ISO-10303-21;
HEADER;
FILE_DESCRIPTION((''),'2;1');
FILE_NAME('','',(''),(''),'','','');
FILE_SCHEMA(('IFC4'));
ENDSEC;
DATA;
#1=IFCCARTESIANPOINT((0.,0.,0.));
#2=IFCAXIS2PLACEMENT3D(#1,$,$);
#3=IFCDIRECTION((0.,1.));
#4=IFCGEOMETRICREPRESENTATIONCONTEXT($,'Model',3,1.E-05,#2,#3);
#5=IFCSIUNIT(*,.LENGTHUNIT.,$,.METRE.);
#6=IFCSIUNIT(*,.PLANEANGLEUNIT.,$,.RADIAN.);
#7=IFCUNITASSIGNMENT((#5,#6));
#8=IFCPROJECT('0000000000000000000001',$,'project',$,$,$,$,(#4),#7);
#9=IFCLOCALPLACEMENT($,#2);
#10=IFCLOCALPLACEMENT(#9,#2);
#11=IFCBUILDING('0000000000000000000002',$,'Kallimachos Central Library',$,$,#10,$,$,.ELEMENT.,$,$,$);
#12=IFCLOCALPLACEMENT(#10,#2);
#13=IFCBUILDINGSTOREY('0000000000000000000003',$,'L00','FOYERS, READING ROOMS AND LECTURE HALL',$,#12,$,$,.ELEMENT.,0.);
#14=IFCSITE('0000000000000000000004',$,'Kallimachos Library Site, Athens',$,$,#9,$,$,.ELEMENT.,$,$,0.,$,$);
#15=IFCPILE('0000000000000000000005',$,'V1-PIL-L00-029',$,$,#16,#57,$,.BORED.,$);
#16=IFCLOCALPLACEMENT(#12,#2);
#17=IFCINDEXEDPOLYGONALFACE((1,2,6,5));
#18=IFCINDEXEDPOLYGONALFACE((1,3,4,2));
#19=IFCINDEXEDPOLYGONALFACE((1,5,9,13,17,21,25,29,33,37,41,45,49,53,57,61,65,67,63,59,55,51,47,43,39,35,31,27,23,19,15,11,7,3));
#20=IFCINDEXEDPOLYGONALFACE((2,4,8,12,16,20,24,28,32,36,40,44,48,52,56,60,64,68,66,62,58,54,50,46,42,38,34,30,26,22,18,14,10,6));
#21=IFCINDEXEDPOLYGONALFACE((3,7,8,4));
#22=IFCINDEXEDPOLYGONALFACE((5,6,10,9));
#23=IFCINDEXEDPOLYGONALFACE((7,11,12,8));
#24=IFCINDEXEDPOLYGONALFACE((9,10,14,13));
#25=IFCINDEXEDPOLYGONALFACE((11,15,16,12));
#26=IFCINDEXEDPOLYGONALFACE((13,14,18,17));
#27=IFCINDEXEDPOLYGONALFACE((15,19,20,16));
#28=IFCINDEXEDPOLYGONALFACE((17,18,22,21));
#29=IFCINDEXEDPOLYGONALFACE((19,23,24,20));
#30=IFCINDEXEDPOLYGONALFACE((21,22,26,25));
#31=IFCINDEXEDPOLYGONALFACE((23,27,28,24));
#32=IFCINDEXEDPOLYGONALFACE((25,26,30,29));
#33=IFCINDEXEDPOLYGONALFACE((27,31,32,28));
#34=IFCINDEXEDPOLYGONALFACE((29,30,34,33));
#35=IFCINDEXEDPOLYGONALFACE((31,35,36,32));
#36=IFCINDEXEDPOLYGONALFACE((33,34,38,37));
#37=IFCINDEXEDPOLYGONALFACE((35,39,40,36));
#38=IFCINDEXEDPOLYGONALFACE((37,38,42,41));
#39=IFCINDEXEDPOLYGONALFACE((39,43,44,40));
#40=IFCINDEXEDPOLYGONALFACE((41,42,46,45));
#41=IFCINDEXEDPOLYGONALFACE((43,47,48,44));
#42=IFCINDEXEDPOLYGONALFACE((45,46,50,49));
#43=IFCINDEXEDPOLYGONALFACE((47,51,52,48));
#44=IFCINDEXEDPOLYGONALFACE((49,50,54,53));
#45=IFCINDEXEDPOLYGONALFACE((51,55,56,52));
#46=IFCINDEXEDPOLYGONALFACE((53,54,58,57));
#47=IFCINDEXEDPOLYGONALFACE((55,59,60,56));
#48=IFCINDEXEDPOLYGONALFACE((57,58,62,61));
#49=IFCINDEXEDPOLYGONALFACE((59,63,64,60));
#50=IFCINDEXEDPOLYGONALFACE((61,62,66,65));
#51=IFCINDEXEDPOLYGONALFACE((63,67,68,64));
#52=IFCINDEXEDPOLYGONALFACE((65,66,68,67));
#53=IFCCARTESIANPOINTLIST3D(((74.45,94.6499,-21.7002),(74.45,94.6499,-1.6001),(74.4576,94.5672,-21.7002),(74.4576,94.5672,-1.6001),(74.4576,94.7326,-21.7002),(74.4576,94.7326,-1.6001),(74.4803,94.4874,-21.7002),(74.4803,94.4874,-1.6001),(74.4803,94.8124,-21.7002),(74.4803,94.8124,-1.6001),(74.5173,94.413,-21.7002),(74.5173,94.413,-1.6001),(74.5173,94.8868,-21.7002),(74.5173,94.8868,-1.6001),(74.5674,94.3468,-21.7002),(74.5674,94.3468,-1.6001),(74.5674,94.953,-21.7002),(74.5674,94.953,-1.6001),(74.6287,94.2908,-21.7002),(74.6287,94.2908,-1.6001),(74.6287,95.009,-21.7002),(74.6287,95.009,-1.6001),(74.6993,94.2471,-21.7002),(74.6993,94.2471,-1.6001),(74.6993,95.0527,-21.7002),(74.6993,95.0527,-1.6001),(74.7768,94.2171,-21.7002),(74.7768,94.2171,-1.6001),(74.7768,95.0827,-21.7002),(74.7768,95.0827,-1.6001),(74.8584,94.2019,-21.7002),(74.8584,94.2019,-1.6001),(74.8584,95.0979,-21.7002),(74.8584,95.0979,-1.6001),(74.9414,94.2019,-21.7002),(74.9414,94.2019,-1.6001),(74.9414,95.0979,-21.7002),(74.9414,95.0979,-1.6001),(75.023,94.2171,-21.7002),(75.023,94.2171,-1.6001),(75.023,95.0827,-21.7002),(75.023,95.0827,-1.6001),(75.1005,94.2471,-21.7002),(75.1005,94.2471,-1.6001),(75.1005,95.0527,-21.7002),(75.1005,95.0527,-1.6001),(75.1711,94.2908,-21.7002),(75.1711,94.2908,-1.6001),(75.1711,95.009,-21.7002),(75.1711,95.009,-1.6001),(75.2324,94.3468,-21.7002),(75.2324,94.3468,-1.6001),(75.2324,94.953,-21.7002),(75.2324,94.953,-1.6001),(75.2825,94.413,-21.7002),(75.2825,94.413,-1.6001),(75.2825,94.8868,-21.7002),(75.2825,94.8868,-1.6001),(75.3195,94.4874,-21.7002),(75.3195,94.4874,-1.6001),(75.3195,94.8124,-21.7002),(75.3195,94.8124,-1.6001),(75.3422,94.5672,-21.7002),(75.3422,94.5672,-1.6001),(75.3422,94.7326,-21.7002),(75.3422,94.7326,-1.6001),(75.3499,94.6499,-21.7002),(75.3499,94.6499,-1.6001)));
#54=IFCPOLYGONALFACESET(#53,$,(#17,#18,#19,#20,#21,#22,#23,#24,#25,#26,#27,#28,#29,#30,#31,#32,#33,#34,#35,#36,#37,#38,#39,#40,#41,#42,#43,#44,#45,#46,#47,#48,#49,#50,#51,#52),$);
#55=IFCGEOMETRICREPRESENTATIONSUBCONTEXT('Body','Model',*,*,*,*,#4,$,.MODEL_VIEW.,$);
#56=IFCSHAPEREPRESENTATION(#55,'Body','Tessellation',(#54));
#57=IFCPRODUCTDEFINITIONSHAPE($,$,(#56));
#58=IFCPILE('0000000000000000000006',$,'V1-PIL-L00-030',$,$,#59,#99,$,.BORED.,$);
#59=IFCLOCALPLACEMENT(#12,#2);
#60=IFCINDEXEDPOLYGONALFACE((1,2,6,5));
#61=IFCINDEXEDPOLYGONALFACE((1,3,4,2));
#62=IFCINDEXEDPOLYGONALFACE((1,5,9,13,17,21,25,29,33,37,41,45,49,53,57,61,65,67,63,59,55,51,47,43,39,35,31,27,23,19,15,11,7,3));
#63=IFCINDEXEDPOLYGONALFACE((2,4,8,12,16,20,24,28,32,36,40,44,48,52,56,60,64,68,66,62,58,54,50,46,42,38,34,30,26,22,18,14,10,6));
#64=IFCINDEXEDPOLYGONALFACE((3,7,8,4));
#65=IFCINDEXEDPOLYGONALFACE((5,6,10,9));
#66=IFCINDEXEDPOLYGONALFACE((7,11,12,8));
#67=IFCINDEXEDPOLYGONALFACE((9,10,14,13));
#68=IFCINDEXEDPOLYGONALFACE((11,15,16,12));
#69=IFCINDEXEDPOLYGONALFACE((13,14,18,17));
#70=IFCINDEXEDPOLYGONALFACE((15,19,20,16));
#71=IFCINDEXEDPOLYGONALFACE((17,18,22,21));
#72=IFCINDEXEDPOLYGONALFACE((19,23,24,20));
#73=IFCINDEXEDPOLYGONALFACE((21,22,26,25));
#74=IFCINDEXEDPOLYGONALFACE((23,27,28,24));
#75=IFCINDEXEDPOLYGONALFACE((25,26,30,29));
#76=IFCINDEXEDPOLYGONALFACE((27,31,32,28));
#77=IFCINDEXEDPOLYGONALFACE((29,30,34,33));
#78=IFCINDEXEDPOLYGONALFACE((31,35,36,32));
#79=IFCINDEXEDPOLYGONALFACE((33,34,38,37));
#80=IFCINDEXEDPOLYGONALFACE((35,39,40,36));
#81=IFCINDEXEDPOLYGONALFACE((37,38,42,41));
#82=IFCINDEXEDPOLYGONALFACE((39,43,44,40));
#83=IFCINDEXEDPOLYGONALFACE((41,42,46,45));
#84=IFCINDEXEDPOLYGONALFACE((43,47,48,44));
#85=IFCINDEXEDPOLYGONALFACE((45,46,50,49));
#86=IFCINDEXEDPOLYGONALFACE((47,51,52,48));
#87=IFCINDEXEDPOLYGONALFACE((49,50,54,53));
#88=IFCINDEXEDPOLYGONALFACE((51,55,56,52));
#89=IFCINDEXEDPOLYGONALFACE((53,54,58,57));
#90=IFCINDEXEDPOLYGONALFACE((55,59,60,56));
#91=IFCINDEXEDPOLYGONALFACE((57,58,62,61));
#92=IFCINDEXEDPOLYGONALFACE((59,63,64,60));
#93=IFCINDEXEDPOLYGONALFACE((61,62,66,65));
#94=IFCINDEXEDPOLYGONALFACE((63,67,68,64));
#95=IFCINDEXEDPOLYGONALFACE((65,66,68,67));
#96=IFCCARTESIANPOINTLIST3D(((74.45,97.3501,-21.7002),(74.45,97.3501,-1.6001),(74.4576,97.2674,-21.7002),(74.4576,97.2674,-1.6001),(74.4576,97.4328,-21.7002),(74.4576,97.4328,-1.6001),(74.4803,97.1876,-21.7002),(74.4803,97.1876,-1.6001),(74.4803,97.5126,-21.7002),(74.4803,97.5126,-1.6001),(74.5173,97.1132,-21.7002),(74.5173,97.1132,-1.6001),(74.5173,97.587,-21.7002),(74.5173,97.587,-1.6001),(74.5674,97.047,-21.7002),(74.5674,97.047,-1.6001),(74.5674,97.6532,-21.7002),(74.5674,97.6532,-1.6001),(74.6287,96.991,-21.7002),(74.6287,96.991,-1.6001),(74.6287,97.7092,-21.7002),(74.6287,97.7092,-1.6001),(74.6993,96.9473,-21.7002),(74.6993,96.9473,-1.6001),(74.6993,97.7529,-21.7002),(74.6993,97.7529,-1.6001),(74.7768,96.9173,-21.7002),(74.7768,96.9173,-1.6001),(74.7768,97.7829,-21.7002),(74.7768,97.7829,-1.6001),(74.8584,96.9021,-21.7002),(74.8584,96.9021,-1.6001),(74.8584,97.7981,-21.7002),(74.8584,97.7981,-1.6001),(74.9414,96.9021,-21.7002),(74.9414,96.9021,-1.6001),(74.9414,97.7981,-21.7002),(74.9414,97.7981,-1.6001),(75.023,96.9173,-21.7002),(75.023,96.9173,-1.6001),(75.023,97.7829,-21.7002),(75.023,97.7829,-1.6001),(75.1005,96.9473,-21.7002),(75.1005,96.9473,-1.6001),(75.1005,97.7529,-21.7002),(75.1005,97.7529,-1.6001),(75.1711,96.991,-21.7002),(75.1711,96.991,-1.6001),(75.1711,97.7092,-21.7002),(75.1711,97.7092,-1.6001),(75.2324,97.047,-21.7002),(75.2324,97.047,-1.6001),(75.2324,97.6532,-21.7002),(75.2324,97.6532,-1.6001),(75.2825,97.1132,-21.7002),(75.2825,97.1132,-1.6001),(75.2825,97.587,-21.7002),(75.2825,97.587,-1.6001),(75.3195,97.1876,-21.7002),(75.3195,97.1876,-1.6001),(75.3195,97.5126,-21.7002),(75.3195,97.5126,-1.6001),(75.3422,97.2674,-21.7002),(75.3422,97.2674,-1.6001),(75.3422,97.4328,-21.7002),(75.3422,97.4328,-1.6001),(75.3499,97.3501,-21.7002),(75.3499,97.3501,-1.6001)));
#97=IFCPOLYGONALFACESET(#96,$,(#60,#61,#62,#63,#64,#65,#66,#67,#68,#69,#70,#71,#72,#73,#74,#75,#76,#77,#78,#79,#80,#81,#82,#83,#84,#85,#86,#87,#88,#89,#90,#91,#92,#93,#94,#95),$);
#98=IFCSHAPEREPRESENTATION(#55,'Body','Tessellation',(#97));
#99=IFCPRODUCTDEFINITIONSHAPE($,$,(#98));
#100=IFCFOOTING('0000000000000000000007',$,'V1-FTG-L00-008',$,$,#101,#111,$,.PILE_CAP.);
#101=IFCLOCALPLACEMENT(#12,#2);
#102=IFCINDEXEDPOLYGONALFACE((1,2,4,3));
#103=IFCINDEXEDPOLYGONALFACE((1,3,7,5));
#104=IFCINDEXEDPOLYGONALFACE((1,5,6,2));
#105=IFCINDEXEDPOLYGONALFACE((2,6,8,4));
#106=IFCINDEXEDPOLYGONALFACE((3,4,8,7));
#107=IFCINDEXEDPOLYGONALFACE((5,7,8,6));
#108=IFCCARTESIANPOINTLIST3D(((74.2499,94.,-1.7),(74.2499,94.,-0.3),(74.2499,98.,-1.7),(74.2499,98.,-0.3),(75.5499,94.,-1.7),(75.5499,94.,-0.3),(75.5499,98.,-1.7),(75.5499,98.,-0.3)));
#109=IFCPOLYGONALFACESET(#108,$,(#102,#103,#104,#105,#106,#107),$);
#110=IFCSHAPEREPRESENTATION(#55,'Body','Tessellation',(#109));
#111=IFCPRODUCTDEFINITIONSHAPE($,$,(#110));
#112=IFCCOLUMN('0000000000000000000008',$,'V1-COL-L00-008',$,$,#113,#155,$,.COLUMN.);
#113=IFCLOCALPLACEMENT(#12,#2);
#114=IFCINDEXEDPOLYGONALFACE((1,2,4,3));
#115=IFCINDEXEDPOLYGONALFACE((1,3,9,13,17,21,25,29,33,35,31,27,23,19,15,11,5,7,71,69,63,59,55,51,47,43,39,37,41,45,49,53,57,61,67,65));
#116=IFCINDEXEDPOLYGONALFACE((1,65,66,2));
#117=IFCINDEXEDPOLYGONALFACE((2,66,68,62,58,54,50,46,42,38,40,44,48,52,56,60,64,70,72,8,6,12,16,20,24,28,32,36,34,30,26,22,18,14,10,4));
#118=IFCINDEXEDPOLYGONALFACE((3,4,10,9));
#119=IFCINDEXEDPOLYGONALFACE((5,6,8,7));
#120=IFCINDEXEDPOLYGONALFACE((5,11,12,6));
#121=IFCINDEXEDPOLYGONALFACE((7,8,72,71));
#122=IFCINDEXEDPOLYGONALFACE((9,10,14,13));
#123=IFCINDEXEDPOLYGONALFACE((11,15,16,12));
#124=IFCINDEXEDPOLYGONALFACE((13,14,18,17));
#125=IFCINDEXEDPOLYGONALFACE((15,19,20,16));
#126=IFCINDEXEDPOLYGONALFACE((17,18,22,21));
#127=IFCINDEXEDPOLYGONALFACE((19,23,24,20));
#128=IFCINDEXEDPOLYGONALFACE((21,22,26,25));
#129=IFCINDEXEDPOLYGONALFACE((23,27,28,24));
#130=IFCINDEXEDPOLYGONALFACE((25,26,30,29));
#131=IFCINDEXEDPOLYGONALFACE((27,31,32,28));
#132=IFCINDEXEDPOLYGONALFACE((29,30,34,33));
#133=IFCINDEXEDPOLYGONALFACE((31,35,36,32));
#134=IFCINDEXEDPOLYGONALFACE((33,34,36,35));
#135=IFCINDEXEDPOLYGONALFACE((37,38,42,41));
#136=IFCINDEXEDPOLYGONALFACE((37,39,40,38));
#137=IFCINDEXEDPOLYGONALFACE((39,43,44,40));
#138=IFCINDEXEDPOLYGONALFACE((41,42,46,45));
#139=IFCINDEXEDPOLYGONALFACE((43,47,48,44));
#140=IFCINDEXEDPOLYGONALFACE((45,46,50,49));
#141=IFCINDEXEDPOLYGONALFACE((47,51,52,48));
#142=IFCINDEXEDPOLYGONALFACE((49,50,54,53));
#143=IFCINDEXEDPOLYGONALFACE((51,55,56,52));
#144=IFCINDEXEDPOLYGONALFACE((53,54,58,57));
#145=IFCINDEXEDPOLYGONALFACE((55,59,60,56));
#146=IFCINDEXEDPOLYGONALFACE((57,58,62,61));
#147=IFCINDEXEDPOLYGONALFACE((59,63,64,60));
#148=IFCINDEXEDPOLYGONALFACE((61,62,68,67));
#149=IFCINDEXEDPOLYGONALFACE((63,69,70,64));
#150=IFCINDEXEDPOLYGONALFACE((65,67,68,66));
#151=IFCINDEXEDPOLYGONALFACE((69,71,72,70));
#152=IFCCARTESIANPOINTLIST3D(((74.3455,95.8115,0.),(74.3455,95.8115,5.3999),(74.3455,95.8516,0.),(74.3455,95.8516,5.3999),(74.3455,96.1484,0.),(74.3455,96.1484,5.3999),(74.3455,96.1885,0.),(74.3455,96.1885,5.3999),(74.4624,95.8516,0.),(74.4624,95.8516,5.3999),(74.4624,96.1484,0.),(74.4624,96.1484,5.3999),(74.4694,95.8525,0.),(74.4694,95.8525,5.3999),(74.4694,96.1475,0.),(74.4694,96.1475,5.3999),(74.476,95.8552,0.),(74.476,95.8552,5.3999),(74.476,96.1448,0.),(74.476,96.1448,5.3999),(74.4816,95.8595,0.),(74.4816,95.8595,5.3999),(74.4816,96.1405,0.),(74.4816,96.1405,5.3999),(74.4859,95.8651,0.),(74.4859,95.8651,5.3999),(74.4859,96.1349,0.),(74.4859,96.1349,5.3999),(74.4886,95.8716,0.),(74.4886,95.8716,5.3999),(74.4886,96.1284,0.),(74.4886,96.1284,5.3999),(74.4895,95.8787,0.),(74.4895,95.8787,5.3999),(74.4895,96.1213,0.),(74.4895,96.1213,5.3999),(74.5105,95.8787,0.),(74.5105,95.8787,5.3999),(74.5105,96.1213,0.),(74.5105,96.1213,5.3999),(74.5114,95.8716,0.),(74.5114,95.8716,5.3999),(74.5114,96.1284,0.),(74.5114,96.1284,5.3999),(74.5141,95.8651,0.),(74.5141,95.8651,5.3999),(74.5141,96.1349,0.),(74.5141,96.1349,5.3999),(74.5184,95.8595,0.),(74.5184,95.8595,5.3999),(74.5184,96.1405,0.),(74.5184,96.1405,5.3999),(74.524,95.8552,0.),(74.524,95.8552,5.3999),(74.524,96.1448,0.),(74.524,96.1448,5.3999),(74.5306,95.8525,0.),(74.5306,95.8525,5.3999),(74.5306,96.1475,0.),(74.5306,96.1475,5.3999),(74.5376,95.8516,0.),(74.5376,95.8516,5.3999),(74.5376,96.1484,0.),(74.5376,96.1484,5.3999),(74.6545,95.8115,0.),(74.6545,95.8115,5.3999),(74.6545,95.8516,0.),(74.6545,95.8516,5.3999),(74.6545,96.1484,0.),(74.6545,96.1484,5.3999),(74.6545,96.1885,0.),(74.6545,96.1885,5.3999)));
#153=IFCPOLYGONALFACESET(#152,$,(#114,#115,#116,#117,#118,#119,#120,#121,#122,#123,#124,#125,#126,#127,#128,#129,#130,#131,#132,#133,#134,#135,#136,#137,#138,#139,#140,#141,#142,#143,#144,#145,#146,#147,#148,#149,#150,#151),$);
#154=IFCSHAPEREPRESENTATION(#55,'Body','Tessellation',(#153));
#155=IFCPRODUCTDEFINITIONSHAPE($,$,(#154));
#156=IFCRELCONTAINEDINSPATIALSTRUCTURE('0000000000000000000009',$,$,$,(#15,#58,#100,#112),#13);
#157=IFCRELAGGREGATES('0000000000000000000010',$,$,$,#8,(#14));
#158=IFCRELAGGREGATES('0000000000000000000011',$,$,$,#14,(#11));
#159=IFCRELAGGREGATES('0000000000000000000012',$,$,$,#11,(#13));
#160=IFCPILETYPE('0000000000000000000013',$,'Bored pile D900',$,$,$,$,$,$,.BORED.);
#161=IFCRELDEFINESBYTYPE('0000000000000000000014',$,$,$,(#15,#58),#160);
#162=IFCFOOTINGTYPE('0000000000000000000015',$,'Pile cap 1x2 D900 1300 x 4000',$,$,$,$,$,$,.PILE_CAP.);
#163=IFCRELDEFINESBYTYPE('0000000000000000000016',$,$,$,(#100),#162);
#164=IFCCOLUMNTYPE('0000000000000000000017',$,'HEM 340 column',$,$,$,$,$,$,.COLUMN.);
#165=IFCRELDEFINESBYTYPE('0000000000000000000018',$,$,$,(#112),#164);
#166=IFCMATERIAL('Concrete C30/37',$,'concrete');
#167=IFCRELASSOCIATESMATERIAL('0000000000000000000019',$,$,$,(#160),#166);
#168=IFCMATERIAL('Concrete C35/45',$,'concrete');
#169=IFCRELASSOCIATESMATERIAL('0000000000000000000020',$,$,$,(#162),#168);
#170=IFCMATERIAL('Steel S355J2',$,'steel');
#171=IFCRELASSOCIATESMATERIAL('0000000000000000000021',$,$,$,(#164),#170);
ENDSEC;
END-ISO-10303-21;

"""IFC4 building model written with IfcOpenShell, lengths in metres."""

from ifc_helpers import new_model, si_unit, direction, frame, origin, origin_2d, place, context, subcontext, project, spatial, rectangle, circle, i_section, extrude, material, material_profile, profile_set, type_object, element, save


model = new_model("IFC4")

# Units and contexts
model_context = context("Model", 3, precision=1e-05, world=origin(), true_north=direction((0.0, 1.0)))
body_context = subcontext(model_context, "Body", "Model", "MODEL_VIEW")
ifc_project = project(units=[si_unit("LENGTHUNIT", "METRE"), si_unit("PLANEANGLEUNIT", "RADIAN")], contexts=[model_context])

# Site, building, storey
site_placement = place(None, origin())
site = spatial("IfcSite", under=ifc_project, at=site_placement, Name="Kallimachos Library Site, Athens", CompositionType="ELEMENT", RefElevation=0.0)
building_placement = place(site_placement, origin())
building = spatial("IfcBuilding", under=site, at=building_placement, Name="Kallimachos Central Library", CompositionType="ELEMENT")
storey_placement = place(building_placement, origin())
storey = spatial("IfcBuildingStorey", under=building, at=storey_placement, Name="L00", Description="FOYERS, READING ROOMS AND LECTURE HALL", CompositionType="ELEMENT", Elevation=0.0)

# Piles
ifc_material_1 = material(Name="Concrete C30/37", Category="concrete")
pile_type = type_object("IfcPileType", Name="Bored pile D900", PredefinedType="BORED", material=ifc_material_1)
for number, where, z_axis, x_axis, name in (
    (1, (74.8999, 94.6499, -1.6001), (0.0, 0.0, -1.0), (1.0, 0.0, 0.0), "V1-PIL-L00-029"),
    (2, (74.8999, 97.3501, -1.6001), (0.0, 0.0, -1.0), (1.0, 0.0, 0.0), "V1-PIL-L00-030"),
):
    element("IfcPile", number, at=place(storey_placement, frame(where, z_axis=z_axis, x_axis=x_axis)), inside=storey, type_object=pile_type, Name=name, PredefinedType="BORED", context=body_context, shape_type="SweptSolid", body=[
        extrude(circle(Radius=0.45, at=origin_2d()), origin(), (0.0, 0.0, 1.0), 20.1001),
    ])

# Footing
ifc_material_2 = material(Name="Concrete C35/45", Category="concrete")
footing_type = type_object("IfcFootingType", Name="Pile cap 1x2 D900 1300 x 4000", PredefinedType="PILE_CAP", material=ifc_material_2)
footing_placement = place(storey_placement, frame((74.8999, 96.0, -1.7), z_axis=(0.0, 0.0, 1.0), x_axis=(1.0, 0.0, 0.0)))
element("IfcFooting", 3, at=footing_placement, inside=storey, type_object=footing_type, Name="V1-FTG-L00-008", PredefinedType="PILE_CAP", context=body_context, shape_type="SweptSolid", body=[
    extrude(rectangle(XDim=1.3, YDim=4.0, at=origin_2d()), origin(), (0.0, 0.0, 1.0), 1.3999),
])

# Column
ifc_material_3 = material(Name="Steel S355J2", Category="steel")
ifc_material_profile_1 = material_profile(ifc_material_3, i_section(OverallWidth=0.3091, OverallDepth=0.377, WebThickness=0.021, FlangeThickness=0.04, FilletRadius=0.0271, at=origin_2d()), Name="HEM 340")
ifc_profile_set_1 = profile_set([ifc_material_profile_1], Name="Steel S355J2")
column_type = type_object("IfcColumnType", Name="HEM 340 column", PredefinedType="COLUMN", material=ifc_profile_set_1)
column_placement = place(storey_placement, frame((74.5, 96.0, 0.0), z_axis=(0.0, 0.0, 1.0), x_axis=(1.0, 0.0, 0.0)))
element("IfcColumn", 4, at=column_placement, inside=storey, type_object=column_type, Name="V1-COL-L00-008", PredefinedType="COLUMN", context=body_context, shape_type="SweptSolid", body=[
    extrude(i_section(OverallWidth=0.3091, OverallDepth=0.377, WebThickness=0.021, FlangeThickness=0.04, FilletRadius=0.0271, at=origin_2d()), origin(), (0.0, 0.0, 1.0), 5.3999),
])

save(model, "model.ifc")
